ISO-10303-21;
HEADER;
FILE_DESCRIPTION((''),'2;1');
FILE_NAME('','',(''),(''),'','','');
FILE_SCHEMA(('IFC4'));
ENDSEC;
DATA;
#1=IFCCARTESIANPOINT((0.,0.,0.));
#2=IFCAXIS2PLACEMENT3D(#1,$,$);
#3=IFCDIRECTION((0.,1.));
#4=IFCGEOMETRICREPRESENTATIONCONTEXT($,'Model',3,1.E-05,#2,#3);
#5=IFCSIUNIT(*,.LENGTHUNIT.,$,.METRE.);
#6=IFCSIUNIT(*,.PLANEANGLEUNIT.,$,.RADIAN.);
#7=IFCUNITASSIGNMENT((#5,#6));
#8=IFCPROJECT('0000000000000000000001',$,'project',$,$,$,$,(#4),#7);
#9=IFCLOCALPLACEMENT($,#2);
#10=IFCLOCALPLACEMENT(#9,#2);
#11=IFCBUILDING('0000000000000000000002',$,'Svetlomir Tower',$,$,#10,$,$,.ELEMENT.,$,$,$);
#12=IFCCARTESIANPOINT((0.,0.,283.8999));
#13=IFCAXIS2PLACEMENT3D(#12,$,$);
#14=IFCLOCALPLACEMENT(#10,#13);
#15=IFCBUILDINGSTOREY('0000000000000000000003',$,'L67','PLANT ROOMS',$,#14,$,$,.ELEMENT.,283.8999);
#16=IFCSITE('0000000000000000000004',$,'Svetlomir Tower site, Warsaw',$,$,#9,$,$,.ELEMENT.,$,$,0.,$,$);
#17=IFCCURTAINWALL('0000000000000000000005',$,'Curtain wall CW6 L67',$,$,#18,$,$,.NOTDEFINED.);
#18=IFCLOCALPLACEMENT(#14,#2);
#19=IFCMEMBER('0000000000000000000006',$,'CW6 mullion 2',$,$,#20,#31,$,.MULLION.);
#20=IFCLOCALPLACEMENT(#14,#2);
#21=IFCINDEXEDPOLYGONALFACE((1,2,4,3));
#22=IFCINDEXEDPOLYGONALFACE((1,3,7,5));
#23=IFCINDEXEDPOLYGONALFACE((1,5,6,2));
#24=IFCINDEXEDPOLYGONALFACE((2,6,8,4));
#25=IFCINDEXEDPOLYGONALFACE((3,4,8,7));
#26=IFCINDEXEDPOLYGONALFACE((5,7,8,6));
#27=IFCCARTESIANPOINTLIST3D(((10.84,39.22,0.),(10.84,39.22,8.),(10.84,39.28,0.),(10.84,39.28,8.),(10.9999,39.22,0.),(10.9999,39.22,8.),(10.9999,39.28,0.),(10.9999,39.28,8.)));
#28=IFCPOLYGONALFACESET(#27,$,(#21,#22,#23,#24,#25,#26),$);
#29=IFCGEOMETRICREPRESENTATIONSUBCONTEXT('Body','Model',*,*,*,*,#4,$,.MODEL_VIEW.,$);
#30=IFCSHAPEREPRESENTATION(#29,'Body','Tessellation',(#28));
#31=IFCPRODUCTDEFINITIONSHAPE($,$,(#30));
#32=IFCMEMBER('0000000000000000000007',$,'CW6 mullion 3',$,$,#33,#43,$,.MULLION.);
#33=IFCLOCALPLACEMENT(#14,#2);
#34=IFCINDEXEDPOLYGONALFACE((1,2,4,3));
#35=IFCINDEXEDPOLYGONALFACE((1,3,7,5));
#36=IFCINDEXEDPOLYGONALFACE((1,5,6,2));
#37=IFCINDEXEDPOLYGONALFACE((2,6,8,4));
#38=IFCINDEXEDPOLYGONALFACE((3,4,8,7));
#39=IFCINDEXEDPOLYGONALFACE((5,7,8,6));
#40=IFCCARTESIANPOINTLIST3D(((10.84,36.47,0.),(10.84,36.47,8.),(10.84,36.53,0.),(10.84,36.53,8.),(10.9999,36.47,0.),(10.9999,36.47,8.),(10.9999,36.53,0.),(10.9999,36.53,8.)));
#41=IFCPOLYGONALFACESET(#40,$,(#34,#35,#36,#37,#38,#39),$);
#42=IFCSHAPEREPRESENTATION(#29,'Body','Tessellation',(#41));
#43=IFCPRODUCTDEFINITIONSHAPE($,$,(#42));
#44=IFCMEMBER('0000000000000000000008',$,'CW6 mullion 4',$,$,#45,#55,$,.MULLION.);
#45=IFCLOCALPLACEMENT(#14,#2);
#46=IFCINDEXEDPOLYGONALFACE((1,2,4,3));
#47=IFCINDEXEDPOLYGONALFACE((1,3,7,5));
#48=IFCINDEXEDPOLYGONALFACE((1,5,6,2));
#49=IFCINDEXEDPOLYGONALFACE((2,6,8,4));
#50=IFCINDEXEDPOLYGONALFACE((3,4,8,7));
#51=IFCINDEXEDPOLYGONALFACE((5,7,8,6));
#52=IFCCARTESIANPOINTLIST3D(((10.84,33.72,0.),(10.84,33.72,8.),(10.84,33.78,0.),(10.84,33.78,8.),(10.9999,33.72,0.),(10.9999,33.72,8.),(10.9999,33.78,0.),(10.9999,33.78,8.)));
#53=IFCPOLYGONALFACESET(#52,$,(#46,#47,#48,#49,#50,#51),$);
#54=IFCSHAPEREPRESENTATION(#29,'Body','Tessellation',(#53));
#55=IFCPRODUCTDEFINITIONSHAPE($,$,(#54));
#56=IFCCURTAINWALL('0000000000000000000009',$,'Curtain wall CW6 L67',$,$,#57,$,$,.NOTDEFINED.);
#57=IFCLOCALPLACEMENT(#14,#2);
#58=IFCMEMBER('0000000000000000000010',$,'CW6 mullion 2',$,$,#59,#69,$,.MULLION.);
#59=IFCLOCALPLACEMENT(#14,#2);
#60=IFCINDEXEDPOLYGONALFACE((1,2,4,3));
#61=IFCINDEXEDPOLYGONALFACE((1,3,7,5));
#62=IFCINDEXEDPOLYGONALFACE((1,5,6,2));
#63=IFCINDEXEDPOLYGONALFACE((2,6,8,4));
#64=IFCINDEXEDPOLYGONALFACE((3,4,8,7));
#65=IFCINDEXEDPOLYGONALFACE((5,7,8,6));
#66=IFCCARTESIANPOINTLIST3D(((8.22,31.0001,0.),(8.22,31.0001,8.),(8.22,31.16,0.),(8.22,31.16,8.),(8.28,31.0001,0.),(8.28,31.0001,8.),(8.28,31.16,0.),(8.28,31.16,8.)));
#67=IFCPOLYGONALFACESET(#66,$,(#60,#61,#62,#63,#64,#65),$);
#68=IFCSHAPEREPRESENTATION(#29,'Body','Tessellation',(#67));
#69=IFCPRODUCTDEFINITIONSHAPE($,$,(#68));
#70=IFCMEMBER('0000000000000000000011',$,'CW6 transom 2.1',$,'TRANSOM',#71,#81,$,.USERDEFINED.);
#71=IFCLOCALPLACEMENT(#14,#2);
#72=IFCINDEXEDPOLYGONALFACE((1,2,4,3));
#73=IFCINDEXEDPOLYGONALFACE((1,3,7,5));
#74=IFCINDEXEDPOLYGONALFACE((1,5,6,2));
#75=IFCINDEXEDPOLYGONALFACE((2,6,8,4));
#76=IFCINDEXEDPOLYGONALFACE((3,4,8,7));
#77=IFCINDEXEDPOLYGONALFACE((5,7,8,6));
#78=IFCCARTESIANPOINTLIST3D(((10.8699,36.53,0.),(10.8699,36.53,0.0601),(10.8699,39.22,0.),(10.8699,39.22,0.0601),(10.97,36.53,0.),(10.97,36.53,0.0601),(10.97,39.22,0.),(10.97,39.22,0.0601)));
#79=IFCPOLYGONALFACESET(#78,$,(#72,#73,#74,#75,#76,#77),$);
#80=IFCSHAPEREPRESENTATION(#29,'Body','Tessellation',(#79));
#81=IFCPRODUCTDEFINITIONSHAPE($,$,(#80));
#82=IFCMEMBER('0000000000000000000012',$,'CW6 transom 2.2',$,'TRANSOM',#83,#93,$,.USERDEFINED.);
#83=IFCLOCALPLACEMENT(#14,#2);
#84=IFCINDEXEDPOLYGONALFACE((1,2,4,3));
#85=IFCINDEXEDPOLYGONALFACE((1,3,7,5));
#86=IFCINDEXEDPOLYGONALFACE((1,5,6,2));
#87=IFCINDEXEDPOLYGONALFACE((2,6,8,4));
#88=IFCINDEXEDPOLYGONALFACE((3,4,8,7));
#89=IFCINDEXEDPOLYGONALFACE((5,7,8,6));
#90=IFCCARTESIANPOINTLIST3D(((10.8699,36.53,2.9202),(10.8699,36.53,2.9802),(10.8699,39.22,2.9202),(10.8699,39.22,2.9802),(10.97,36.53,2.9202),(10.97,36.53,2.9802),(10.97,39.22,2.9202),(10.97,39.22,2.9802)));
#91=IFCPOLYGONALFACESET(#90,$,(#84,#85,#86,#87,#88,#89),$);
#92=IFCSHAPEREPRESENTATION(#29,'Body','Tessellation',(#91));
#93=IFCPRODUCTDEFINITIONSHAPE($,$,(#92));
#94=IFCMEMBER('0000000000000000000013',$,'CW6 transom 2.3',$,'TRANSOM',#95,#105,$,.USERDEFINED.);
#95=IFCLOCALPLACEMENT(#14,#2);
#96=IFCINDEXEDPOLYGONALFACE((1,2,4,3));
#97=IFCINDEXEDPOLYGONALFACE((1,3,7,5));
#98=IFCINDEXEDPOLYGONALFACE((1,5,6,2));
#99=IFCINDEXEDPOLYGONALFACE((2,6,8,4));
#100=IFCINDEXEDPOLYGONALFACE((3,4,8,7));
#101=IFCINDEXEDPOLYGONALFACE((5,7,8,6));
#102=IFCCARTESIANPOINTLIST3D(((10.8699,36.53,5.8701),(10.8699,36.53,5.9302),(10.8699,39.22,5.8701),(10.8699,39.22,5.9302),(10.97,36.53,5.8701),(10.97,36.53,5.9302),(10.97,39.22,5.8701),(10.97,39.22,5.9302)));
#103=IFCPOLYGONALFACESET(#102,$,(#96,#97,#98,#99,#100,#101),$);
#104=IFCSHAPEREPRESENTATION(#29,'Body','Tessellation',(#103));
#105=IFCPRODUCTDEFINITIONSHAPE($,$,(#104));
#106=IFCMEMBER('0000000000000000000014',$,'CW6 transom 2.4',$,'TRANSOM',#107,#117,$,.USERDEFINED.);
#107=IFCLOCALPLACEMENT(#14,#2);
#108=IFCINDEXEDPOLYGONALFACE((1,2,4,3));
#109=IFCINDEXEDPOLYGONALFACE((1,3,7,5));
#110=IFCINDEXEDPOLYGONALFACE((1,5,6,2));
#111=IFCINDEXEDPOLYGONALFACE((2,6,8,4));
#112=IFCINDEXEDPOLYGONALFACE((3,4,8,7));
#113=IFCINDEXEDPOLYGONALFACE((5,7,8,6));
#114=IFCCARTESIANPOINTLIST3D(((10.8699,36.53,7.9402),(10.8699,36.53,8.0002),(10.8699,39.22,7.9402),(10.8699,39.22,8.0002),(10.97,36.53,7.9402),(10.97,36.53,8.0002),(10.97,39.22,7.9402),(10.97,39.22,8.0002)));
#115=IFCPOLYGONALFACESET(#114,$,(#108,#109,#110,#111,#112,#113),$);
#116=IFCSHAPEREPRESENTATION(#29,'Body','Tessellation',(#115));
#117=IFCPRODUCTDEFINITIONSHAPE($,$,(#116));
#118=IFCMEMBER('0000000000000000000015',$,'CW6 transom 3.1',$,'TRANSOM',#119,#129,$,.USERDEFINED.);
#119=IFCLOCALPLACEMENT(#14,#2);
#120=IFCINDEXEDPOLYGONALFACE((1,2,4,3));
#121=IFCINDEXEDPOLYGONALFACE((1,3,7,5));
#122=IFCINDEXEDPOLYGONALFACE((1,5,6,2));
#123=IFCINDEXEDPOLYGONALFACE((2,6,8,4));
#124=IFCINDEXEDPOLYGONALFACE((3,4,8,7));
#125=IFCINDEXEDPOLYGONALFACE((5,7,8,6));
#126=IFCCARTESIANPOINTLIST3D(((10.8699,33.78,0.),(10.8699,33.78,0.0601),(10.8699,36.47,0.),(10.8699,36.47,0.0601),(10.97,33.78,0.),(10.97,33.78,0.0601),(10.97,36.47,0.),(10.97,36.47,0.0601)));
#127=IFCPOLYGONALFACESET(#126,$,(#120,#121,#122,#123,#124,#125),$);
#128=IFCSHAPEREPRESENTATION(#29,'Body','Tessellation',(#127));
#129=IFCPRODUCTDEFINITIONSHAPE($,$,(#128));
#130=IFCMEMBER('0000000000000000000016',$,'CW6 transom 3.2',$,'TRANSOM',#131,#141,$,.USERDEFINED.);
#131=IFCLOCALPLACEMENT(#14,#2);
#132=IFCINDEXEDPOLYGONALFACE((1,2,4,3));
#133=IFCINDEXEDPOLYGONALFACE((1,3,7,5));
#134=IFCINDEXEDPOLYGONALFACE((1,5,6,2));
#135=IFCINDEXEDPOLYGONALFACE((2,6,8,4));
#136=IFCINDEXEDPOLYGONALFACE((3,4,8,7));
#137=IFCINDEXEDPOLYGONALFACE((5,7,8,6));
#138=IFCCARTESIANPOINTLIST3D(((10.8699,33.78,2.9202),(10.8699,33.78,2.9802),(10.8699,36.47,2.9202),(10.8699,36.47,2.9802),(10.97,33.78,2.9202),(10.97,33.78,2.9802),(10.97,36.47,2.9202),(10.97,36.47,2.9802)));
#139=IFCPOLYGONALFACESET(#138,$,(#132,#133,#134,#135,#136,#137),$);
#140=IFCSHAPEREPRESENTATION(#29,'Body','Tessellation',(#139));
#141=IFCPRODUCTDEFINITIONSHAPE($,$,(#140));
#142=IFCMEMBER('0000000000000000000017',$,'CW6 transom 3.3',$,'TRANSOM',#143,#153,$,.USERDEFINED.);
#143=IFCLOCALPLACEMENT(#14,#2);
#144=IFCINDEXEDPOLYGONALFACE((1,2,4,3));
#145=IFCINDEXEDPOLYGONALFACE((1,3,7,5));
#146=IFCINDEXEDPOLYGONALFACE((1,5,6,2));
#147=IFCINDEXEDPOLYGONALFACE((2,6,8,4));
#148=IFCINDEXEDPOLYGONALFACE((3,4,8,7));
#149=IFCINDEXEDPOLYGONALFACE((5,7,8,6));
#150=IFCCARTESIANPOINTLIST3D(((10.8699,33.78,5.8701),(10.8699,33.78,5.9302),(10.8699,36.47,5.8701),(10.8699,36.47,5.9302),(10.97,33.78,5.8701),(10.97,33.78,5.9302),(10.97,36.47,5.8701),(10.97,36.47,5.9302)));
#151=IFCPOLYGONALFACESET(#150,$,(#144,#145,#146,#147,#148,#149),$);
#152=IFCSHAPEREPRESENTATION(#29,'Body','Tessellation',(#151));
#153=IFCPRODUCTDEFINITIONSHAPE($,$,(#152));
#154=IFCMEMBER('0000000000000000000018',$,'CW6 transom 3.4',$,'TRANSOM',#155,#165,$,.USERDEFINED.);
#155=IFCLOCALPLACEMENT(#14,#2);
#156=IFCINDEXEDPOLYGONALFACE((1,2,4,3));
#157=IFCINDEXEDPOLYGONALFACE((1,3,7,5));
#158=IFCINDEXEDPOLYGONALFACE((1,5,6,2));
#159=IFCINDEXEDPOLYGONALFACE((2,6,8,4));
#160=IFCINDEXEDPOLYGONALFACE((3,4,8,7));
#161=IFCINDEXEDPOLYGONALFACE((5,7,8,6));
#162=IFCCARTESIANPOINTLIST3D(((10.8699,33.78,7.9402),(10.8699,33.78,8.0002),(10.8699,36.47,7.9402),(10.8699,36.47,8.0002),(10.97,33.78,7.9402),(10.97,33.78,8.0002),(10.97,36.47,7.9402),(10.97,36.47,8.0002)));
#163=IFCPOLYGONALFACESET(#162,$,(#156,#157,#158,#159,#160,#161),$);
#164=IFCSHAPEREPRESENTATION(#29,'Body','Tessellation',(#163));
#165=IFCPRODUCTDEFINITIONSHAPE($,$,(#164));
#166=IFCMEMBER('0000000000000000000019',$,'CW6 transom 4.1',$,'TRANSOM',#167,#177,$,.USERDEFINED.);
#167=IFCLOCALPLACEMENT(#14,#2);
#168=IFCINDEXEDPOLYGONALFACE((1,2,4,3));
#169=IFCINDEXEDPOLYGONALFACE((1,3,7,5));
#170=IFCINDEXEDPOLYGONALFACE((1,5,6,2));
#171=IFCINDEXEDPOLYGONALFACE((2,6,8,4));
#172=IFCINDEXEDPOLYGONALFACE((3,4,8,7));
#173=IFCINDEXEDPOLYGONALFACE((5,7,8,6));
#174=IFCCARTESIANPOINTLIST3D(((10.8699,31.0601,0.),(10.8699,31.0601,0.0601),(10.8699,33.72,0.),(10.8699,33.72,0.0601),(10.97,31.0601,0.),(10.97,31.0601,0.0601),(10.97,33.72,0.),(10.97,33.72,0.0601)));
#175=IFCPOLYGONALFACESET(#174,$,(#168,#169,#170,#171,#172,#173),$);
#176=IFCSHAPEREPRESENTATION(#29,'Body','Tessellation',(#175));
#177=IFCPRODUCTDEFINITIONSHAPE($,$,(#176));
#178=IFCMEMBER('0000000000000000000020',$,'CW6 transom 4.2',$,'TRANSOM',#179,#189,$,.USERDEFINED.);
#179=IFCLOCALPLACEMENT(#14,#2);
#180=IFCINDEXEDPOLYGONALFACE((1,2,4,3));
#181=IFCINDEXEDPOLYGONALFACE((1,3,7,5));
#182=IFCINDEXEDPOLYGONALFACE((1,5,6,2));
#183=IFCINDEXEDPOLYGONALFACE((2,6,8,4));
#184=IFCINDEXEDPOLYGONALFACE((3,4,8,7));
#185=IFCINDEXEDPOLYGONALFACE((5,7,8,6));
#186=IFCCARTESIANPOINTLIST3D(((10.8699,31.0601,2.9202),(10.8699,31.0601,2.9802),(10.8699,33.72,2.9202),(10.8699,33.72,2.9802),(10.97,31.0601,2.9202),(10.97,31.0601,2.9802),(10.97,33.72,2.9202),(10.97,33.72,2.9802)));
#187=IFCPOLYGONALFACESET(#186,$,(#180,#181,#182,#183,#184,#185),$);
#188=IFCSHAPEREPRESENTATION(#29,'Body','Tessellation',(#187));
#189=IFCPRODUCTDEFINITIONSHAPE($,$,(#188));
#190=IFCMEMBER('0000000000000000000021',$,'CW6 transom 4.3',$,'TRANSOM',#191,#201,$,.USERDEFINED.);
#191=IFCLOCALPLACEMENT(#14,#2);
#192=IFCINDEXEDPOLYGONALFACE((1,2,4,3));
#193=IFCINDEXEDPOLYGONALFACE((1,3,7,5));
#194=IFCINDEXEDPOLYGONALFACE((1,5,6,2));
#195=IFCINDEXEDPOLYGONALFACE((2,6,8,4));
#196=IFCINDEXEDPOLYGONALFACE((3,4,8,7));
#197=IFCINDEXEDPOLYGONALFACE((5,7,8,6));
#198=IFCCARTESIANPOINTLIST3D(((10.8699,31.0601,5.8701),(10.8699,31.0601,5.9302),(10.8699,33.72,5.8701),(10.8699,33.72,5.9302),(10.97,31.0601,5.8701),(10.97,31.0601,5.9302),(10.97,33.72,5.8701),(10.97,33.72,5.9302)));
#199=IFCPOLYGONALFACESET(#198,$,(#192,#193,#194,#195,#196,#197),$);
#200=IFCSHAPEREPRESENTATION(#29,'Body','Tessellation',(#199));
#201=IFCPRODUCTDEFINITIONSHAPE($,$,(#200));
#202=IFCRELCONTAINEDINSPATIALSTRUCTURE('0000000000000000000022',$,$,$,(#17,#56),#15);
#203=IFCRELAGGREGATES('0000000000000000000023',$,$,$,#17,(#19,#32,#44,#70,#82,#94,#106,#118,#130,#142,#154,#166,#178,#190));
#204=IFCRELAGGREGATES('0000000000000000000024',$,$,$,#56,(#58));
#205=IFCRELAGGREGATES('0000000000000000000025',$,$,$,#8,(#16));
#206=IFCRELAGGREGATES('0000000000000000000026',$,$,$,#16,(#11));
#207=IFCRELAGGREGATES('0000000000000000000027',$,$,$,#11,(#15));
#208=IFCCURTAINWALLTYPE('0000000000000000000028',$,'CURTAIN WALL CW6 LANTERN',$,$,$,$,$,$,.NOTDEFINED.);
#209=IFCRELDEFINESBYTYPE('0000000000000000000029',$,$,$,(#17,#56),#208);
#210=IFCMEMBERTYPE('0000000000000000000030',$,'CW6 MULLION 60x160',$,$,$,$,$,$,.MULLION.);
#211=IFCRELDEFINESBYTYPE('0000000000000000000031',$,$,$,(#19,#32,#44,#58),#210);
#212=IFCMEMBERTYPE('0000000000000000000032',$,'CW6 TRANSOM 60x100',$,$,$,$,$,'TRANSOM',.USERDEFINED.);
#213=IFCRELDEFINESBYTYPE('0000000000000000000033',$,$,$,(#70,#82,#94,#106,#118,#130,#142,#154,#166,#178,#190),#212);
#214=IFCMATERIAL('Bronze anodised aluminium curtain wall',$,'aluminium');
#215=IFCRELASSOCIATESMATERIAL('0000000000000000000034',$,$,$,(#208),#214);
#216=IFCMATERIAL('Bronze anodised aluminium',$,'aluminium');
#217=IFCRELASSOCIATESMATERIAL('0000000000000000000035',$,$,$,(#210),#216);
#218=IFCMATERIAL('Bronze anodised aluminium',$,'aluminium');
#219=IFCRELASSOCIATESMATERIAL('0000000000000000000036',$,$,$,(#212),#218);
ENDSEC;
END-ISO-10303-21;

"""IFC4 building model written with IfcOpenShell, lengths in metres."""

from ifc_helpers import new_model, si_unit, direction, frame, origin, origin_2d, place, context, subcontext, project, spatial, rectangle, extrude, material, material_profile, profile_set, type_object, element, aggregate, save


model = new_model("IFC4")

# Units and contexts
model_context = context("Model", 3, precision=1e-05, world=origin(), true_north=direction((0.0, 1.0)))
body_context = subcontext(model_context, "Body", "Model", "MODEL_VIEW")
ifc_project = project(units=[si_unit("LENGTHUNIT", "METRE"), si_unit("PLANEANGLEUNIT", "RADIAN")], contexts=[model_context])

# Site, building, storey
site_placement = place(None, origin())
site = spatial("IfcSite", under=ifc_project, at=site_placement, Name="Svetlomir Tower site, Warsaw", CompositionType="ELEMENT", RefElevation=0.0)
building_placement = place(site_placement, origin())
building = spatial("IfcBuilding", under=site, at=building_placement, Name="Svetlomir Tower", CompositionType="ELEMENT")
storey_placement = place(building_placement, frame((0.0, 0.0, 283.8999)))
storey = spatial("IfcBuildingStorey", under=building, at=storey_placement, Name="L67", Description="PLANT ROOMS", CompositionType="ELEMENT", Elevation=283.8999)

# Curtain wall, members
ifc_material_1 = material(Name="Bronze anodised aluminium curtain wall", Category="aluminium")
curtain_wall_type = type_object("IfcCurtainWallType", Name="CURTAIN WALL CW6 LANTERN", PredefinedType="NOTDEFINED", material=ifc_material_1)
curtain_wall_1_placement = place(storey_placement, origin())
curtain_wall_1 = element("IfcCurtainWall", 1, at=curtain_wall_1_placement, inside=storey, type_object=curtain_wall_type, Name="Curtain wall CW6 L67", PredefinedType="NOTDEFINED")
ifc_material_2 = material(Name="Bronze anodised aluminium", Category="aluminium")
ifc_material_profile_1 = material_profile(ifc_material_2, rectangle(XDim=0.0601, YDim=0.1599, at=origin_2d()), Name="AL 60x160")
ifc_profile_set_1 = profile_set([ifc_material_profile_1], Name="Bronze anodised aluminium 6063-T6")
member_type_1 = type_object("IfcMemberType", Name="CW6 MULLION 60x160", PredefinedType="MULLION", material=ifc_profile_set_1)
member_1_placement = place(storey_placement, frame((10.9199, 39.25, 0.0), z_axis=(0.0, 0.0, 1.0), x_axis=(0.0, -1.0, 0.0)))
member_1 = element("IfcMember", 2, at=member_1_placement, type_object=member_type_1, Name="CW6 mullion 2", PredefinedType="MULLION", context=body_context, shape_type="SweptSolid", body=[
    extrude(rectangle(XDim=0.0601, YDim=0.1599, at=origin_2d()), origin(), (0.0, 0.0, 1.0), 8.0),
])
member_2_placement = place(storey_placement, frame((10.9199, 36.5, 0.0), z_axis=(0.0, 0.0, 1.0), x_axis=(0.0, -1.0, 0.0)))
member_2 = element("IfcMember", 3, at=member_2_placement, type_object=member_type_1, Name="CW6 mullion 3", PredefinedType="MULLION", context=body_context, shape_type="SweptSolid", body=[
    extrude(rectangle(XDim=0.0601, YDim=0.1599, at=origin_2d()), origin(), (0.0, 0.0, 1.0), 8.0),
])
member_3_placement = place(storey_placement, frame((10.9199, 33.75, 0.0), z_axis=(0.0, 0.0, 1.0), x_axis=(0.0, -1.0, 0.0)))
member_3 = element("IfcMember", 4, at=member_3_placement, type_object=member_type_1, Name="CW6 mullion 4", PredefinedType="MULLION", context=body_context, shape_type="SweptSolid", body=[
    extrude(rectangle(XDim=0.0601, YDim=0.1599, at=origin_2d()), origin(), (0.0, 0.0, 1.0), 8.0),
])

# Curtain wall, member
curtain_wall_2_placement = place(storey_placement, origin())
curtain_wall_2 = element("IfcCurtainWall", 5, at=curtain_wall_2_placement, inside=storey, type_object=curtain_wall_type, Name="Curtain wall CW6 L67", PredefinedType="NOTDEFINED")
member_4_placement = place(storey_placement, frame((8.25, 31.0801, 0.0), z_axis=(0.0, 0.0, 1.0), x_axis=(-1.0, 0.0, 0.0)))
member_4 = element("IfcMember", 6, at=member_4_placement, type_object=member_type_1, Name="CW6 mullion 2", PredefinedType="MULLION", context=body_context, shape_type="SweptSolid", body=[
    extrude(rectangle(XDim=0.0601, YDim=0.1599, at=origin_2d()), origin(), (0.0, 0.0, 1.0), 8.0),
])

# Members
ifc_material_3 = material(Name="Bronze anodised aluminium", Category="aluminium")
ifc_material_profile_2 = material_profile(ifc_material_3, rectangle(XDim=0.1001, YDim=0.0601, at=origin_2d()), Name="AL 100x60")
ifc_profile_set_2 = profile_set([ifc_material_profile_2], Name="Bronze anodised aluminium 6063-T6")
member_type_2 = type_object("IfcMemberType", Name="CW6 TRANSOM 60x100", ElementType="TRANSOM", PredefinedType="USERDEFINED", material=ifc_profile_set_2)
member_5_placement = place(storey_placement, frame((10.9199, 39.22, 0.03), z_axis=(0.0, -1.0, 0.0), x_axis=(1.0, 0.0, 0.0)))
member_5 = element("IfcMember", 7, at=member_5_placement, type_object=member_type_2, Name="CW6 transom 2.1", ObjectType="TRANSOM", PredefinedType="USERDEFINED", context=body_context, shape_type="SweptSolid", body=[
    extrude(rectangle(XDim=0.1001, YDim=0.0601, at=origin_2d()), origin(), (0.0, 0.0, 1.0), 2.6899),
])
member_6_placement = place(storey_placement, frame((10.9199, 39.22, 2.9502), z_axis=(0.0, -1.0, 0.0), x_axis=(1.0, 0.0, 0.0)))
member_6 = element("IfcMember", 8, at=member_6_placement, type_object=member_type_2, Name="CW6 transom 2.2", ObjectType="TRANSOM", PredefinedType="USERDEFINED", context=body_context, shape_type="SweptSolid", body=[
    extrude(rectangle(XDim=0.1001, YDim=0.0601, at=origin_2d()), origin(), (0.0, 0.0, 1.0), 2.6899),
])
member_7_placement = place(storey_placement, frame((10.9199, 39.22, 5.9001), z_axis=(0.0, -1.0, 0.0), x_axis=(1.0, 0.0, 0.0)))
member_7 = element("IfcMember", 9, at=member_7_placement, type_object=member_type_2, Name="CW6 transom 2.3", ObjectType="TRANSOM", PredefinedType="USERDEFINED", context=body_context, shape_type="SweptSolid", body=[
    extrude(rectangle(XDim=0.1001, YDim=0.0601, at=origin_2d()), origin(), (0.0, 0.0, 1.0), 2.6899),
])
member_8_placement = place(storey_placement, frame((10.9199, 39.22, 7.9702), z_axis=(0.0, -1.0, 0.0), x_axis=(1.0, 0.0, 0.0)))
member_8 = element("IfcMember", 10, at=member_8_placement, type_object=member_type_2, Name="CW6 transom 2.4", ObjectType="TRANSOM", PredefinedType="USERDEFINED", context=body_context, shape_type="SweptSolid", body=[
    extrude(rectangle(XDim=0.1001, YDim=0.0601, at=origin_2d()), origin(), (0.0, 0.0, 1.0), 2.6899),
])
member_9_placement = place(storey_placement, frame((10.9199, 36.47, 0.03), z_axis=(0.0, -1.0, 0.0), x_axis=(1.0, 0.0, 0.0)))
member_9 = element("IfcMember", 11, at=member_9_placement, type_object=member_type_2, Name="CW6 transom 3.1", ObjectType="TRANSOM", PredefinedType="USERDEFINED", context=body_context, shape_type="SweptSolid", body=[
    extrude(rectangle(XDim=0.1001, YDim=0.0601, at=origin_2d()), origin(), (0.0, 0.0, 1.0), 2.6899),
])
member_10_placement = place(storey_placement, frame((10.9199, 36.47, 2.9502), z_axis=(0.0, -1.0, 0.0), x_axis=(1.0, 0.0, 0.0)))
member_10 = element("IfcMember", 12, at=member_10_placement, type_object=member_type_2, Name="CW6 transom 3.2", ObjectType="TRANSOM", PredefinedType="USERDEFINED", context=body_context, shape_type="SweptSolid", body=[
    extrude(rectangle(XDim=0.1001, YDim=0.0601, at=origin_2d()), origin(), (0.0, 0.0, 1.0), 2.6899),
])
member_11_placement = place(storey_placement, frame((10.9199, 36.47, 5.9001), z_axis=(0.0, -1.0, 0.0), x_axis=(1.0, 0.0, 0.0)))
member_11 = element("IfcMember", 13, at=member_11_placement, type_object=member_type_2, Name="CW6 transom 3.3", ObjectType="TRANSOM", PredefinedType="USERDEFINED", context=body_context, shape_type="SweptSolid", body=[
    extrude(rectangle(XDim=0.1001, YDim=0.0601, at=origin_2d()), origin(), (0.0, 0.0, 1.0), 2.6899),
])
member_12_placement = place(storey_placement, frame((10.9199, 36.47, 7.9702), z_axis=(0.0, -1.0, 0.0), x_axis=(1.0, 0.0, 0.0)))
member_12 = element("IfcMember", 14, at=member_12_placement, type_object=member_type_2, Name="CW6 transom 3.4", ObjectType="TRANSOM", PredefinedType="USERDEFINED", context=body_context, shape_type="SweptSolid", body=[
    extrude(rectangle(XDim=0.1001, YDim=0.0601, at=origin_2d()), origin(), (0.0, 0.0, 1.0), 2.6899),
])
member_13_placement = place(storey_placement, frame((10.9199, 33.72, 0.03), z_axis=(0.0, -1.0, 0.0), x_axis=(1.0, 0.0, 0.0)))
member_13 = element("IfcMember", 15, at=member_13_placement, type_object=member_type_2, Name="CW6 transom 4.1", ObjectType="TRANSOM", PredefinedType="USERDEFINED", context=body_context, shape_type="SweptSolid", body=[
    extrude(rectangle(XDim=0.1001, YDim=0.0601, at=origin_2d()), origin(), (0.0, 0.0, 1.0), 2.6599),
])
member_14_placement = place(storey_placement, frame((10.9199, 33.72, 2.9502), z_axis=(0.0, -1.0, 0.0), x_axis=(1.0, 0.0, 0.0)))
member_14 = element("IfcMember", 16, at=member_14_placement, type_object=member_type_2, Name="CW6 transom 4.2", ObjectType="TRANSOM", PredefinedType="USERDEFINED", context=body_context, shape_type="SweptSolid", body=[
    extrude(rectangle(XDim=0.1001, YDim=0.0601, at=origin_2d()), origin(), (0.0, 0.0, 1.0), 2.6599),
])
member_15_placement = place(storey_placement, frame((10.9199, 33.72, 5.9001), z_axis=(0.0, -1.0, 0.0), x_axis=(1.0, 0.0, 0.0)))
member_15 = element("IfcMember", 17, at=member_15_placement, type_object=member_type_2, Name="CW6 transom 4.3", ObjectType="TRANSOM", PredefinedType="USERDEFINED", context=body_context, shape_type="SweptSolid", body=[
    extrude(rectangle(XDim=0.1001, YDim=0.0601, at=origin_2d()), origin(), (0.0, 0.0, 1.0), 2.6599),
])

aggregate(curtain_wall_1, [member_1, member_2, member_3, member_5, member_6, member_7, member_8, member_9, member_10, member_11, member_12, member_13, member_14, member_15])
aggregate(curtain_wall_2, [member_4])

save(model, "model.ifc")
